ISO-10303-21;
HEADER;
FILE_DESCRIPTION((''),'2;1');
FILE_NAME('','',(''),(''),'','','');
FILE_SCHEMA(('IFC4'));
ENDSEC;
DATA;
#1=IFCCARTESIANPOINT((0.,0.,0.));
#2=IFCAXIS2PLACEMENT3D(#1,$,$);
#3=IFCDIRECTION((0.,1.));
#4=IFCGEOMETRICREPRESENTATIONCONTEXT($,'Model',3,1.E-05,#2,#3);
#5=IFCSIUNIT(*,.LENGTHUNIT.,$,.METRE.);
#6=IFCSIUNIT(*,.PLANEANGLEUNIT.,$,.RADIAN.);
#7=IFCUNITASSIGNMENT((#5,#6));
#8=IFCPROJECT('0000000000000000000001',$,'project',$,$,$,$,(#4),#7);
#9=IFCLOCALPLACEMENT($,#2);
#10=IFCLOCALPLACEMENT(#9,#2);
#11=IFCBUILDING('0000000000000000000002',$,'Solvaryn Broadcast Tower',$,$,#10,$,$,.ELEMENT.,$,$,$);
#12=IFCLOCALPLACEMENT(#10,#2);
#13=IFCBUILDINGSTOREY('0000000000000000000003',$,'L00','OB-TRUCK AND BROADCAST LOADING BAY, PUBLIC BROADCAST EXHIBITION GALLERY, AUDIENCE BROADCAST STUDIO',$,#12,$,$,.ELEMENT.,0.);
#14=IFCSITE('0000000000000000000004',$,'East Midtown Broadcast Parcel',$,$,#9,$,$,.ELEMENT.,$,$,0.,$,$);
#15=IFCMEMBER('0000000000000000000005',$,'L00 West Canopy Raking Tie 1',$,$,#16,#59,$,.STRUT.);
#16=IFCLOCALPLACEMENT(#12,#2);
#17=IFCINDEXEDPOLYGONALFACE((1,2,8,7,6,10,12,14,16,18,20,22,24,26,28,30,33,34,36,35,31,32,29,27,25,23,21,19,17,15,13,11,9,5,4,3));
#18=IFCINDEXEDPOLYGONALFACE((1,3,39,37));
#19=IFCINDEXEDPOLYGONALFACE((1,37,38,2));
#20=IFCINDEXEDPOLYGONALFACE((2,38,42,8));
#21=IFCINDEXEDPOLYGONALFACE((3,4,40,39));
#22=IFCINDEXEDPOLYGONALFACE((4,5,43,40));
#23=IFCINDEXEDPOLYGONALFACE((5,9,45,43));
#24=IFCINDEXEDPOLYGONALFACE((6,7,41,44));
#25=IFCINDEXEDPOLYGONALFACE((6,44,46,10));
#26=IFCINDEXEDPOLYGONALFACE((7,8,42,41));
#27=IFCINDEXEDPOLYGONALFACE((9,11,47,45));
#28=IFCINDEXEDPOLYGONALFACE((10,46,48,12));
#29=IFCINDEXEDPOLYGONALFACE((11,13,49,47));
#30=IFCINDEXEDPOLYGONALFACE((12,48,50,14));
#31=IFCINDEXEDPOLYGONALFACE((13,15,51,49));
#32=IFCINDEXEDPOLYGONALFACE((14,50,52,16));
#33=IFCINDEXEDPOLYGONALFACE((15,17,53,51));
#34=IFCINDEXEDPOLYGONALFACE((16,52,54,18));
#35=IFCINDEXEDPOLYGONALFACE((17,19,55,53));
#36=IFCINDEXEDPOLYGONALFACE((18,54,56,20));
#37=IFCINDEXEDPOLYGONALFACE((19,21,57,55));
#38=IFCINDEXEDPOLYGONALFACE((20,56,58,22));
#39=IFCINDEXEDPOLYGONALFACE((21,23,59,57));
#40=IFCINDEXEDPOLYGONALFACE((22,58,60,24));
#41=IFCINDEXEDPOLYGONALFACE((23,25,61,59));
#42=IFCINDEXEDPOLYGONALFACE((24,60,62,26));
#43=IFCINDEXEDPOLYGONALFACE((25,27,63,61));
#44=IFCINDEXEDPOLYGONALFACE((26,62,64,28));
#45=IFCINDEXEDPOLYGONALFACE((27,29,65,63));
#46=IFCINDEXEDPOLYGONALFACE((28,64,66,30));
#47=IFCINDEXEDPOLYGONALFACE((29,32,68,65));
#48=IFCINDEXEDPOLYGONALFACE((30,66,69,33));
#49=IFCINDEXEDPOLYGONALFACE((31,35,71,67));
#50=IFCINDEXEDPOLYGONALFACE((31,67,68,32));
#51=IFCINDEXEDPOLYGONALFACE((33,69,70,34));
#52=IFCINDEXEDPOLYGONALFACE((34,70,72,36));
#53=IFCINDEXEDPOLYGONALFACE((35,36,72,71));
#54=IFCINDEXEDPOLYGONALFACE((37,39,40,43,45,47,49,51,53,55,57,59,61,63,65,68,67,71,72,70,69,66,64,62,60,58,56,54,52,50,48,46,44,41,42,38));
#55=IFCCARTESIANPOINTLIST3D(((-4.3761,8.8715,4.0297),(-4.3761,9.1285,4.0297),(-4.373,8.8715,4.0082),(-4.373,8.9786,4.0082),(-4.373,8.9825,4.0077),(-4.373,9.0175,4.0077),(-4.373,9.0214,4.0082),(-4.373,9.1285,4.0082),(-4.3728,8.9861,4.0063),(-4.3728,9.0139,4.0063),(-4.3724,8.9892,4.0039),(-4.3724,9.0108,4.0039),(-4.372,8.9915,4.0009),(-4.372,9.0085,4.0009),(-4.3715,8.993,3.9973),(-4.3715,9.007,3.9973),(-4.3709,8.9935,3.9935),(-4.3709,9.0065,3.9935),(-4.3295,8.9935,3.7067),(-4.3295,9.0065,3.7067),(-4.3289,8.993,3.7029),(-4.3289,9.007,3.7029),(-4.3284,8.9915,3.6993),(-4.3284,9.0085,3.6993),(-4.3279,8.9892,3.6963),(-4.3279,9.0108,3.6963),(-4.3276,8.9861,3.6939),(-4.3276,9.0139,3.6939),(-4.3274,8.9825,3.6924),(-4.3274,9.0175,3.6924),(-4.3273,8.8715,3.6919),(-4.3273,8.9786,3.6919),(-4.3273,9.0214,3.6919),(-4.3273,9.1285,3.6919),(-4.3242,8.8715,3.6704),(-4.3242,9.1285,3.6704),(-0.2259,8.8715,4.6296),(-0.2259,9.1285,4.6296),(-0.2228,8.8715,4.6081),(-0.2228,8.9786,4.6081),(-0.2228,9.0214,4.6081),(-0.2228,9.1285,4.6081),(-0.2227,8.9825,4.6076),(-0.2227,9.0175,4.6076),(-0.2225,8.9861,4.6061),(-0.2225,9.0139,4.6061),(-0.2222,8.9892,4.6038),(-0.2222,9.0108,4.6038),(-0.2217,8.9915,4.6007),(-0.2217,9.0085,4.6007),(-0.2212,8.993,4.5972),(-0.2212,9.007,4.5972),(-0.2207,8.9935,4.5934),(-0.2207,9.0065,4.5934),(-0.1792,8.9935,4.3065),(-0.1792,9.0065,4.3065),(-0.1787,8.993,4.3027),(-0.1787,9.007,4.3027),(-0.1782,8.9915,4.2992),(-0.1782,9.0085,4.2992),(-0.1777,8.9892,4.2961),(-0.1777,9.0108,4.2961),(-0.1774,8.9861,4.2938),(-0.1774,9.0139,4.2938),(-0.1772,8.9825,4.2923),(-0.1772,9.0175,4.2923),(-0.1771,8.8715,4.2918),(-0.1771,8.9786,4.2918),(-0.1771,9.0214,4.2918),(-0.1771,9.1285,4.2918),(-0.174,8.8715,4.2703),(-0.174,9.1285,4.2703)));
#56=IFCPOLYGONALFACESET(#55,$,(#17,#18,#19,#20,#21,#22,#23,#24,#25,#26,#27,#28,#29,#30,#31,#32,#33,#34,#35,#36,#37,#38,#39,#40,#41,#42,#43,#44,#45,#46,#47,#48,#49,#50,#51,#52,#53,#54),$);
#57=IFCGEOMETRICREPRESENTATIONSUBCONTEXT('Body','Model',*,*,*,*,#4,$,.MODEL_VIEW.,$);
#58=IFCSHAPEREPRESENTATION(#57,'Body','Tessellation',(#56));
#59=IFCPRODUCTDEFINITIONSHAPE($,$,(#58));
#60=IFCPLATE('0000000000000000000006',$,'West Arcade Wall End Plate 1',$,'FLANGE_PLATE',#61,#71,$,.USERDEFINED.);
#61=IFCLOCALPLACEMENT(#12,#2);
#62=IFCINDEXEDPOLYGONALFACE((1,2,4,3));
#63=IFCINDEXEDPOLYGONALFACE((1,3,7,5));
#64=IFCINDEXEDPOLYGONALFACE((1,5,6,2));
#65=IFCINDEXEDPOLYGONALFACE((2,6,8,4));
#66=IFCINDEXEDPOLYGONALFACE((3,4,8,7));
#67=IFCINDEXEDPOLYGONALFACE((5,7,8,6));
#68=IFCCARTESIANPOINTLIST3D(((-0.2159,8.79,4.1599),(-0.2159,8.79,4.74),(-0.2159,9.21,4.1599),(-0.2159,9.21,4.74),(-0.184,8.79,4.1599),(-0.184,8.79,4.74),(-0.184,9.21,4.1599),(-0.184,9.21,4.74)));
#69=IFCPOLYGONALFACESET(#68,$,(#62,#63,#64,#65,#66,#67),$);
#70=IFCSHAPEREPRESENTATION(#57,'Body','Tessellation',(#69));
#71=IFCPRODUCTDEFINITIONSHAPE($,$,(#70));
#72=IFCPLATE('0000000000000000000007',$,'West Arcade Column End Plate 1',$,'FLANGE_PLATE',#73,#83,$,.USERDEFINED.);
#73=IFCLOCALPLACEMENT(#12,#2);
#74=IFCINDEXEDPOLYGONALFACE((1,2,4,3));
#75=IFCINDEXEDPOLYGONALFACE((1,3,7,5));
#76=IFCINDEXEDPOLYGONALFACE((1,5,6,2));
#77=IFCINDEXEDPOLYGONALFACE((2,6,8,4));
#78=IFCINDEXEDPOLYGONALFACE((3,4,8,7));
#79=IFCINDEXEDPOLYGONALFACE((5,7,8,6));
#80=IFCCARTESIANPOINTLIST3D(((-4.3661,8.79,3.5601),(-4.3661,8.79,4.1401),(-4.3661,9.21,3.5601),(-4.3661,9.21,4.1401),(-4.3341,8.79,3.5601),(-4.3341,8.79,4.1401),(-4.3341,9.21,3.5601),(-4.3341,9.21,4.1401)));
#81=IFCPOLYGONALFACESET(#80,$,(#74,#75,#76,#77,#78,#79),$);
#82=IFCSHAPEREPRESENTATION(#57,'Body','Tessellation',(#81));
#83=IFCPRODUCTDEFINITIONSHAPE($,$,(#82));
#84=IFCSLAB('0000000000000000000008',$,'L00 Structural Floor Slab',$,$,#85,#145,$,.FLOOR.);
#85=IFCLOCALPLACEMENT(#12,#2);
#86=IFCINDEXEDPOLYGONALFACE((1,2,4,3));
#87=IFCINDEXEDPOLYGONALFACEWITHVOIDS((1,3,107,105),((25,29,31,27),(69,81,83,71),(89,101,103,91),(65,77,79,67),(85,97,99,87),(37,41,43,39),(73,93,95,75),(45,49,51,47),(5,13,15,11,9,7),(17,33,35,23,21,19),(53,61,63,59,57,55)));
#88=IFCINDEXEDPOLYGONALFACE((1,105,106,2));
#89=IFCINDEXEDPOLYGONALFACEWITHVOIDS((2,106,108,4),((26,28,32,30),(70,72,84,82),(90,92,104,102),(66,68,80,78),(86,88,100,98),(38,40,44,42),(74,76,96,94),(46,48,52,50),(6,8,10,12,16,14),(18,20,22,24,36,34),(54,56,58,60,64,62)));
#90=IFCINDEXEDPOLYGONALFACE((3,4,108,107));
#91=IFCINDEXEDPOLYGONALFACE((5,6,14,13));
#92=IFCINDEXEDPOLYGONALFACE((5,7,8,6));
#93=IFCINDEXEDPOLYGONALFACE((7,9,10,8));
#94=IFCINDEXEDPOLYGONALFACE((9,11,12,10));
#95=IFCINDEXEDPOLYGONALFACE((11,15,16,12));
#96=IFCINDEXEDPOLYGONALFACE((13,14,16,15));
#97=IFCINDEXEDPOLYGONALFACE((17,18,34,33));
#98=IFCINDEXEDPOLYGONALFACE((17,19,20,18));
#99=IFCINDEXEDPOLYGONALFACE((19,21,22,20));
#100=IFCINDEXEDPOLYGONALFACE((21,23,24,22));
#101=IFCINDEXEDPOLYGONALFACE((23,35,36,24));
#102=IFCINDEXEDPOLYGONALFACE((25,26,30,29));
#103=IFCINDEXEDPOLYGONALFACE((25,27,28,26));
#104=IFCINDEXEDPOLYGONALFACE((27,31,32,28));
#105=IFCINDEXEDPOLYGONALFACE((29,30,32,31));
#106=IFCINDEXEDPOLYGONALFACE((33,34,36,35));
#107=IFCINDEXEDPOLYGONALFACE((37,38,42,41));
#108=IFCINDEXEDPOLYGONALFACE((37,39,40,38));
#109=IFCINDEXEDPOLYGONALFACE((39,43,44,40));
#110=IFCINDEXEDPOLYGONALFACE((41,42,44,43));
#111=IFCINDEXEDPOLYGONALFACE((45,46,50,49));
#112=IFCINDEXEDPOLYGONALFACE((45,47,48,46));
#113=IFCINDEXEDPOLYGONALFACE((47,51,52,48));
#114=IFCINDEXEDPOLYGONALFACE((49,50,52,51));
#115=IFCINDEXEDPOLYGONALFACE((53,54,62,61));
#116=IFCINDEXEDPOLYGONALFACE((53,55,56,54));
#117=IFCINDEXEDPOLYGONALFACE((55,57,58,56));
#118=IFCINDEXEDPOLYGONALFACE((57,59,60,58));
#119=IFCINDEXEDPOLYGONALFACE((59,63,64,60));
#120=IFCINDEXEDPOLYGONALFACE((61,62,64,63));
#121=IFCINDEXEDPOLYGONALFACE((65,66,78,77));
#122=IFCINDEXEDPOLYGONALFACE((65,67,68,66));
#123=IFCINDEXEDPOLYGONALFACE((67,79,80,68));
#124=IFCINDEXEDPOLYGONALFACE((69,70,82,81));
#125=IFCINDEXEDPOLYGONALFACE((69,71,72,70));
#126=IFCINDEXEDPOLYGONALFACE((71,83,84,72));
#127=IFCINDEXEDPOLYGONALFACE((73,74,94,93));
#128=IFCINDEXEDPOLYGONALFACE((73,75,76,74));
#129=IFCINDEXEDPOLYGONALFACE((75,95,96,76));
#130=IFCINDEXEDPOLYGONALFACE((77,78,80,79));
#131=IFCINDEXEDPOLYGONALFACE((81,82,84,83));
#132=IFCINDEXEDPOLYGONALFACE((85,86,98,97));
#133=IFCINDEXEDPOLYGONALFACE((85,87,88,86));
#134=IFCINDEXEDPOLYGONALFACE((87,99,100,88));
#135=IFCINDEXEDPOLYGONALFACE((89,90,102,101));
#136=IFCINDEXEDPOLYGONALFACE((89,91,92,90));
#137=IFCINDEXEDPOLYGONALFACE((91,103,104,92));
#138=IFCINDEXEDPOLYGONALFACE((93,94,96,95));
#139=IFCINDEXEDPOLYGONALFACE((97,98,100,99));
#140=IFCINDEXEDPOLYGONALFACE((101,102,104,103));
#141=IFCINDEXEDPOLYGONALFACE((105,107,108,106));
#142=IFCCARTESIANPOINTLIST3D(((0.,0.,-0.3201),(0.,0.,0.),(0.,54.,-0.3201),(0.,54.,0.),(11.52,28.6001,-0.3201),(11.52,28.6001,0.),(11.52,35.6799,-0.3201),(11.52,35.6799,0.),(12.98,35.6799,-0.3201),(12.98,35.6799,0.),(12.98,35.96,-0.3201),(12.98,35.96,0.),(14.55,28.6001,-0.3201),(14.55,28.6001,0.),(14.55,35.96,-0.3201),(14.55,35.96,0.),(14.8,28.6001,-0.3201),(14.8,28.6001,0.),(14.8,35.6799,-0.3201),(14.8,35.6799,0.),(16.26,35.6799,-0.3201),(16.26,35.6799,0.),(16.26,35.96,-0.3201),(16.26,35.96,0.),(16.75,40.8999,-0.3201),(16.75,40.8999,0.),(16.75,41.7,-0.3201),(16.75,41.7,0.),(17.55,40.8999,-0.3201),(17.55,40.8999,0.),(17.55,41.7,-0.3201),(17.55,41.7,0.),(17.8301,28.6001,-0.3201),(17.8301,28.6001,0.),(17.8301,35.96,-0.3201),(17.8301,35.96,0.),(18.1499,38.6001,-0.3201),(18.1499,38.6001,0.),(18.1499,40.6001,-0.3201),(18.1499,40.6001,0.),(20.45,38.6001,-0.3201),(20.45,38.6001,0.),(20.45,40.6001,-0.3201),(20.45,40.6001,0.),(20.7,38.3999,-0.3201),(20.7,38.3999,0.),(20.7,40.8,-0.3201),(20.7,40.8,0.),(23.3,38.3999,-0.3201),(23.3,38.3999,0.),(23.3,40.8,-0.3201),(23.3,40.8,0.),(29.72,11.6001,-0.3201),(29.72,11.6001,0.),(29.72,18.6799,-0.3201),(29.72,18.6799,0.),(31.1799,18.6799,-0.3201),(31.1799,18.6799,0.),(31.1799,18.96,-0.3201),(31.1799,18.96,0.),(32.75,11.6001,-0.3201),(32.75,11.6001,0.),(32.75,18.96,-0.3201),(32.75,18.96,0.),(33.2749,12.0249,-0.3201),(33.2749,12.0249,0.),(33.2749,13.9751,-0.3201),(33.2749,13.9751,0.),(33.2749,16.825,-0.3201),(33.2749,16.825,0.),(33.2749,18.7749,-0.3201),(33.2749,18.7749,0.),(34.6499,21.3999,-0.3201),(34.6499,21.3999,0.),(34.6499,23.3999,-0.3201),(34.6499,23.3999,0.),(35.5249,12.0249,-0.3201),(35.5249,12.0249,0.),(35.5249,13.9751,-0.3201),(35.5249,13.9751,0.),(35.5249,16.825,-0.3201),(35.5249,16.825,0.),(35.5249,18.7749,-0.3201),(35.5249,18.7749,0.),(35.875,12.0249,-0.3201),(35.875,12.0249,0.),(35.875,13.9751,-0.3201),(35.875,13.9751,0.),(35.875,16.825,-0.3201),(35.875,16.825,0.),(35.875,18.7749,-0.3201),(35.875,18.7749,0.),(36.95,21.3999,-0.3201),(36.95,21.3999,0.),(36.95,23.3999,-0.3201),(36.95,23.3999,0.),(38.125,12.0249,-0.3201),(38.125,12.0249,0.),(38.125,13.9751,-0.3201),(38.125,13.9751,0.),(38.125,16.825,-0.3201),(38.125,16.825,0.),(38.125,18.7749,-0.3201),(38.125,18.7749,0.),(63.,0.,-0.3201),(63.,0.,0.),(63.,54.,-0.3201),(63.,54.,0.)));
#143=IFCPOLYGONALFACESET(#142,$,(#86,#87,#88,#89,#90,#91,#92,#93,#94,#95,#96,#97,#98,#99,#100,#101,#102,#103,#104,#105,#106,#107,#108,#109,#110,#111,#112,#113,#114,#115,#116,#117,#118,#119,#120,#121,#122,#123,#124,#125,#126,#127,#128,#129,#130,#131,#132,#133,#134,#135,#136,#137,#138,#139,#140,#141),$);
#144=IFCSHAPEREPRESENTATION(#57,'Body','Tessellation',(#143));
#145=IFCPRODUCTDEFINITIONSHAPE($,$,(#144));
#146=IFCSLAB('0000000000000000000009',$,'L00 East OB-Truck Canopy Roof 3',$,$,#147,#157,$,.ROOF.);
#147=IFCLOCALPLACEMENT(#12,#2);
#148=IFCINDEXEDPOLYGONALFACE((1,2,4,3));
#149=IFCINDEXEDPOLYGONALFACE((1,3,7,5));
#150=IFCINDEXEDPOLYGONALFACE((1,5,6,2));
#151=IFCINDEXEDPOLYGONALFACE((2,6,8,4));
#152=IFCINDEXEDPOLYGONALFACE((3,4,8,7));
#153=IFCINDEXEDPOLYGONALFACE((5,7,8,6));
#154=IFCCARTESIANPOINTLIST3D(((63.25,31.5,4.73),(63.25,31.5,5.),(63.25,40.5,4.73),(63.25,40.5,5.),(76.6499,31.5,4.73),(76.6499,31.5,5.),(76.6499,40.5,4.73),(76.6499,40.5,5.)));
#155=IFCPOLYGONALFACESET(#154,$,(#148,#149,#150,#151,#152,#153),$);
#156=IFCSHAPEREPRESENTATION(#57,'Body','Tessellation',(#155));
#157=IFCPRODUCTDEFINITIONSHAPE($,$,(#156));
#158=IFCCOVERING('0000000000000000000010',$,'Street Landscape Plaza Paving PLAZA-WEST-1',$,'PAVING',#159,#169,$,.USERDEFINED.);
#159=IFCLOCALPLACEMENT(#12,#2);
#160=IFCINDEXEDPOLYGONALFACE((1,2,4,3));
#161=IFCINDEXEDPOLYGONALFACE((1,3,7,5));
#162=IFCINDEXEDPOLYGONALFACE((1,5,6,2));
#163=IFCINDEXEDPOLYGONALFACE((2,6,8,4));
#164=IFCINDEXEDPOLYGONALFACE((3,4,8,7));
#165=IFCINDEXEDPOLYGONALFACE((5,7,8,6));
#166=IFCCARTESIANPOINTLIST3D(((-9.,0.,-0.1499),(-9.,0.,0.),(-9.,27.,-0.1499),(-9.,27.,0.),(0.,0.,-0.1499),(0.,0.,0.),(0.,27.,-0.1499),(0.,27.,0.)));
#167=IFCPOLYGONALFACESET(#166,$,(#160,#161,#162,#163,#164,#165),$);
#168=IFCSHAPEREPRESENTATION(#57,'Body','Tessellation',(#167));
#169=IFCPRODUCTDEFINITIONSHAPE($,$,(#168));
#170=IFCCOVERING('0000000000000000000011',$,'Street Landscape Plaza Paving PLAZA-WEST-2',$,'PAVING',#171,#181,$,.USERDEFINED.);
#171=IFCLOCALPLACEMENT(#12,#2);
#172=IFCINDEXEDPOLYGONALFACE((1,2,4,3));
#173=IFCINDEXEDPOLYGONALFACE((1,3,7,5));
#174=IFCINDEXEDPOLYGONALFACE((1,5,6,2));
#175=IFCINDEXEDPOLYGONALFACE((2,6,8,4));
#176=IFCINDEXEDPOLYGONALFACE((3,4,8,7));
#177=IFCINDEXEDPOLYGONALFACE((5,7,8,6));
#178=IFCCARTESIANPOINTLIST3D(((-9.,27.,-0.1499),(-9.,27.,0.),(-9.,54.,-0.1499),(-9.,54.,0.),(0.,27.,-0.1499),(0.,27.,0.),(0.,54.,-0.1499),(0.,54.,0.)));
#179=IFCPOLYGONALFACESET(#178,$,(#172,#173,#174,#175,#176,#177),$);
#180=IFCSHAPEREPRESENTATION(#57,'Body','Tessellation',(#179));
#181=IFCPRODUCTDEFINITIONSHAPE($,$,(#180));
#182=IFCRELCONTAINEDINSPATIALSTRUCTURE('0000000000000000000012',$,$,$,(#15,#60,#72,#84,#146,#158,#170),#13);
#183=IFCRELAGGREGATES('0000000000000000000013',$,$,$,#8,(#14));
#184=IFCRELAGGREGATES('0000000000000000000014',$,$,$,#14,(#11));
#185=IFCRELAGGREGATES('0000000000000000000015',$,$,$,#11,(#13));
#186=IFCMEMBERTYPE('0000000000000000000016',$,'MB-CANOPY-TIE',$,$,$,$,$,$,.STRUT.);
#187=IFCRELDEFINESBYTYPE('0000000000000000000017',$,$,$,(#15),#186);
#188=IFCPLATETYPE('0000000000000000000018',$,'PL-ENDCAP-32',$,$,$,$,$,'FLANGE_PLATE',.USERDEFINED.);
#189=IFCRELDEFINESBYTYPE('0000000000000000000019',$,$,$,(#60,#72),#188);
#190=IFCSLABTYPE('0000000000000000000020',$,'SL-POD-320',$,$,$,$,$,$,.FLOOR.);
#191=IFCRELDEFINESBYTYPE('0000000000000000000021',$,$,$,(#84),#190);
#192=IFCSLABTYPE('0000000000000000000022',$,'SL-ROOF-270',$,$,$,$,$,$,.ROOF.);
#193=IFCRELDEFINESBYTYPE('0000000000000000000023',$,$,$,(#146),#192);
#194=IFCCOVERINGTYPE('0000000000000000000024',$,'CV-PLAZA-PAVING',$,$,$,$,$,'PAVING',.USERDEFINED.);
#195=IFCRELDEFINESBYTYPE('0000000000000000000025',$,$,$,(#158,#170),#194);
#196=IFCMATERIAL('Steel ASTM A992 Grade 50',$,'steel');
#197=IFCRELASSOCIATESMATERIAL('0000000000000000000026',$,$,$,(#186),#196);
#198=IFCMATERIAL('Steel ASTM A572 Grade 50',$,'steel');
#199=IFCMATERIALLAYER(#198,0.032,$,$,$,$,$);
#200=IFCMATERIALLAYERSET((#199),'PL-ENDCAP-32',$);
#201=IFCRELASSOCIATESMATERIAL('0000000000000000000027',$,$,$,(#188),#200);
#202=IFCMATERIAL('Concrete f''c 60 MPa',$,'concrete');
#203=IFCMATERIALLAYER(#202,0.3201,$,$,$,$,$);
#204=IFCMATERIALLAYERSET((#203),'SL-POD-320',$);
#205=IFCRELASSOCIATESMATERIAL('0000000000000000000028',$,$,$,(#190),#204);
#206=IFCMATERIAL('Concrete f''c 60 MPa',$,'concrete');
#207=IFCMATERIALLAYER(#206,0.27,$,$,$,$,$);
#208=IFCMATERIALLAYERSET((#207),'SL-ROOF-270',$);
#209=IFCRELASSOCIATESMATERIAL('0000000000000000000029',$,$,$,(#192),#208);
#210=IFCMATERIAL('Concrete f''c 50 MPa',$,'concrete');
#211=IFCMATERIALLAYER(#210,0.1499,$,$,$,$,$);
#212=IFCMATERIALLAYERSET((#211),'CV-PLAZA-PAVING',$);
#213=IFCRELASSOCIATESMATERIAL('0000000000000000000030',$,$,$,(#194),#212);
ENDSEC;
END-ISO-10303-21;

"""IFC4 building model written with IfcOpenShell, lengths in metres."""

from ifc_helpers import new_model, si_unit, direction, frame, origin, origin_2d, place, context, subcontext, project, spatial, polyline, rectangle, i_section, outline, extrude, material, layer, layer_set, material_profile, profile_set, type_object, element, save


model = new_model("IFC4")

# Units and contexts
model_context = context("Model", 3, precision=1e-05, world=origin(), true_north=direction((0.0, 1.0)))
body_context = subcontext(model_context, "Body", "Model", "MODEL_VIEW")
ifc_project = project(units=[si_unit("LENGTHUNIT", "METRE"), si_unit("PLANEANGLEUNIT", "RADIAN")], contexts=[model_context])

# Site, building, storey
site_placement = place(None, origin())
site = spatial("IfcSite", under=ifc_project, at=site_placement, Name="East Midtown Broadcast Parcel", CompositionType="ELEMENT", RefElevation=0.0)
building_placement = place(site_placement, origin())
building = spatial("IfcBuilding", under=site, at=building_placement, Name="Solvaryn Broadcast Tower", CompositionType="ELEMENT")
storey_placement = place(building_placement, origin())
storey = spatial("IfcBuildingStorey", under=building, at=storey_placement, Name="L00", Description="OB-TRUCK AND BROADCAST LOADING BAY, PUBLIC BROADCAST EXHIBITION GALLERY, AUDIENCE BROADCAST STUDIO", CompositionType="ELEMENT", Elevation=0.0)

# Member
ifc_material_1 = material(Name="Steel ASTM A992 Grade 50", Category="steel")
ifc_material_profile_1 = material_profile(ifc_material_1, i_section(OverallWidth=0.2571, OverallDepth=0.363, WebThickness=0.0129, FlangeThickness=0.0217, FilletRadius=0.0149, at=origin_2d()))
ifc_profile_set_1 = profile_set([ifc_material_profile_1], Name="Steel ASTM A992 Grade 50")
member_type = type_object("IfcMemberType", Name="MB-CANOPY-TIE", PredefinedType="STRUT", material=ifc_profile_set_1)
member_placement = place(storey_placement, frame((-0.2, 9.0, 4.45), z_axis=(-0.989715, 0.0, -0.143051), x_axis=(0.0, -1.0, 0.0)))
element("IfcMember", 1, at=member_placement, inside=storey, type_object=member_type, Name="L00 West Canopy Raking Tie 1", PredefinedType="STRUT", context=body_context, shape_type="SweptSolid", body=[
    extrude(i_section(OverallWidth=0.2571, OverallDepth=0.363, WebThickness=0.0129, FlangeThickness=0.0217, FilletRadius=0.0149, at=origin_2d()), origin(), (0.0, 0.0, 1.0), 4.1934),
])

# Plates
ifc_material_2 = material(Name="Steel ASTM A572 Grade 50", Category="steel")
ifc_layer_1 = layer(ifc_material_2, 0.032)
ifc_layer_set_1 = layer_set([ifc_layer_1], Name="PL-ENDCAP-32")
plate_type = type_object("IfcPlateType", Name="PL-ENDCAP-32", ElementType="FLANGE_PLATE", PredefinedType="USERDEFINED", material=ifc_layer_set_1)
for number, where, z_axis, x_axis, name in (
    (2, (-0.2, 9.0, 4.1599), (0.0, 0.0, 1.0), (1.0, 0.0, 0.0), "West Arcade Wall End Plate 1"),
    (3, (-4.3501, 9.0, 3.5601), (0.0, 0.0, 1.0), (1.0, 0.0, 0.0), "West Arcade Column End Plate 1"),
):
    element("IfcPlate", number, at=place(storey_placement, frame(where, z_axis=z_axis, x_axis=x_axis)), inside=storey, type_object=plate_type, Name=name, ObjectType="FLANGE_PLATE", PredefinedType="USERDEFINED", context=body_context, shape_type="SweptSolid", body=[
        extrude(rectangle(XDim=0.032, YDim=0.4199, at=origin_2d()), origin(), (0.0, 0.0, 1.0), 0.5801),
    ])

# Slabs
ifc_material_3 = material(Name="Concrete f'c 60 MPa", Category="concrete")
ifc_layer_2 = layer(ifc_material_3, 0.3201)
ifc_layer_set_2 = layer_set([ifc_layer_2], Name="SL-POD-320")
slab_type_1 = type_object("IfcSlabType", Name="SL-POD-320", PredefinedType="FLOOR", material=ifc_layer_set_2)
slab_1_placement = place(storey_placement, frame((0.0, 0.0, -0.3201)))
element("IfcSlab", 4, at=slab_1_placement, inside=storey, type_object=slab_type_1, Name="L00 Structural Floor Slab", PredefinedType="FLOOR", context=body_context, shape_type="SweptSolid", body=[
    extrude(outline(polyline([(0.0, 0.0), (63.0, 0.0), (63.0, 54.0), (0.0, 54.0), (0.0, 0.0)]), holes=[polyline([(11.52, 28.6001), (14.55, 28.6001), (14.55, 35.96), (12.98, 35.96), (12.98, 35.6799), (11.52, 35.6799), (11.52, 28.6001)]), polyline([(14.8, 28.6001), (17.8301, 28.6001), (17.8301, 35.96), (16.26, 35.96), (16.26, 35.6799), (14.8, 35.6799), (14.8, 28.6001)]), polyline([(29.72, 11.6001), (32.75, 11.6001), (32.75, 18.96), (31.1799, 18.96), (31.1799, 18.6799), (29.72, 18.6799), (29.72, 11.6001)]), polyline([(18.1499, 38.6001), (20.45, 38.6001), (20.45, 40.6001), (18.1499, 40.6001), (18.1499, 38.6001)]), polyline([(20.7, 38.3999), (23.3, 38.3999), (23.3, 40.8), (20.7, 40.8), (20.7, 38.3999)]), polyline([(34.6499, 21.3999), (36.95, 21.3999), (36.95, 23.3999), (34.6499, 23.3999), (34.6499, 21.3999)]), polyline([(33.2749, 12.0249), (35.5249, 12.0249), (35.5249, 13.9751), (33.2749, 13.9751), (33.2749, 12.0249)]), polyline([(35.875, 12.0249), (38.125, 12.0249), (38.125, 13.9751), (35.875, 13.9751), (35.875, 12.0249)]), polyline([(33.2749, 16.825), (35.5249, 16.825), (35.5249, 18.7749), (33.2749, 18.7749), (33.2749, 16.825)]), polyline([(35.875, 16.825), (38.125, 16.825), (38.125, 18.7749), (35.875, 18.7749), (35.875, 16.825)]), polyline([(16.75, 40.8999), (17.55, 40.8999), (17.55, 41.7), (16.75, 41.7), (16.75, 40.8999)])]), origin(), (0.0, 0.0, 1.0), 0.3201),
])
ifc_material_4 = material(Name="Concrete f'c 60 MPa", Category="concrete")
ifc_layer_3 = layer(ifc_material_4, 0.27)
ifc_layer_set_3 = layer_set([ifc_layer_3], Name="SL-ROOF-270")
slab_type_2 = type_object("IfcSlabType", Name="SL-ROOF-270", PredefinedType="ROOF", material=ifc_layer_set_3)
slab_2_placement = place(storey_placement, frame((0.0, 0.0, 4.73)))
element("IfcSlab", 5, at=slab_2_placement, inside=storey, type_object=slab_type_2, Name="L00 East OB-Truck Canopy Roof 3", PredefinedType="ROOF", context=body_context, shape_type="SweptSolid", body=[
    extrude(outline(polyline([(63.25, 31.5), (76.6499, 31.5), (76.6499, 40.5), (63.25, 40.5), (63.25, 31.5)])), origin(), (0.0, 0.0, 1.0), 0.27),
])

# Coverings
ifc_material_5 = material(Name="Concrete f'c 50 MPa", Category="concrete")
ifc_layer_4 = layer(ifc_material_5, 0.1499)
ifc_layer_set_4 = layer_set([ifc_layer_4], Name="CV-PLAZA-PAVING")
covering_type = type_object("IfcCoveringType", Name="CV-PLAZA-PAVING", ElementType="PAVING", PredefinedType="USERDEFINED", material=ifc_layer_set_4)
covering_1_placement = place(storey_placement, frame((0.0, 0.0, -0.1499)))
element("IfcCovering", 6, at=covering_1_placement, inside=storey, type_object=covering_type, Name="Street Landscape Plaza Paving PLAZA-WEST-1", ObjectType="PAVING", PredefinedType="USERDEFINED", context=body_context, shape_type="SweptSolid", body=[
    extrude(outline(polyline([(-9.0, 0.0), (0.0, 0.0), (0.0, 27.0), (-9.0, 27.0), (-9.0, 0.0)])), origin(), (0.0, 0.0, 1.0), 0.1499),
])
covering_2_placement = place(storey_placement, frame((0.0, 0.0, -0.1499)))
element("IfcCovering", 7, at=covering_2_placement, inside=storey, type_object=covering_type, Name="Street Landscape Plaza Paving PLAZA-WEST-2", ObjectType="PAVING", PredefinedType="USERDEFINED", context=body_context, shape_type="SweptSolid", body=[
    extrude(outline(polyline([(-9.0, 27.0), (0.0, 27.0), (0.0, 54.0), (-9.0, 54.0), (-9.0, 27.0)])), origin(), (0.0, 0.0, 1.0), 0.1499),
])

save(model, "model.ifc")
